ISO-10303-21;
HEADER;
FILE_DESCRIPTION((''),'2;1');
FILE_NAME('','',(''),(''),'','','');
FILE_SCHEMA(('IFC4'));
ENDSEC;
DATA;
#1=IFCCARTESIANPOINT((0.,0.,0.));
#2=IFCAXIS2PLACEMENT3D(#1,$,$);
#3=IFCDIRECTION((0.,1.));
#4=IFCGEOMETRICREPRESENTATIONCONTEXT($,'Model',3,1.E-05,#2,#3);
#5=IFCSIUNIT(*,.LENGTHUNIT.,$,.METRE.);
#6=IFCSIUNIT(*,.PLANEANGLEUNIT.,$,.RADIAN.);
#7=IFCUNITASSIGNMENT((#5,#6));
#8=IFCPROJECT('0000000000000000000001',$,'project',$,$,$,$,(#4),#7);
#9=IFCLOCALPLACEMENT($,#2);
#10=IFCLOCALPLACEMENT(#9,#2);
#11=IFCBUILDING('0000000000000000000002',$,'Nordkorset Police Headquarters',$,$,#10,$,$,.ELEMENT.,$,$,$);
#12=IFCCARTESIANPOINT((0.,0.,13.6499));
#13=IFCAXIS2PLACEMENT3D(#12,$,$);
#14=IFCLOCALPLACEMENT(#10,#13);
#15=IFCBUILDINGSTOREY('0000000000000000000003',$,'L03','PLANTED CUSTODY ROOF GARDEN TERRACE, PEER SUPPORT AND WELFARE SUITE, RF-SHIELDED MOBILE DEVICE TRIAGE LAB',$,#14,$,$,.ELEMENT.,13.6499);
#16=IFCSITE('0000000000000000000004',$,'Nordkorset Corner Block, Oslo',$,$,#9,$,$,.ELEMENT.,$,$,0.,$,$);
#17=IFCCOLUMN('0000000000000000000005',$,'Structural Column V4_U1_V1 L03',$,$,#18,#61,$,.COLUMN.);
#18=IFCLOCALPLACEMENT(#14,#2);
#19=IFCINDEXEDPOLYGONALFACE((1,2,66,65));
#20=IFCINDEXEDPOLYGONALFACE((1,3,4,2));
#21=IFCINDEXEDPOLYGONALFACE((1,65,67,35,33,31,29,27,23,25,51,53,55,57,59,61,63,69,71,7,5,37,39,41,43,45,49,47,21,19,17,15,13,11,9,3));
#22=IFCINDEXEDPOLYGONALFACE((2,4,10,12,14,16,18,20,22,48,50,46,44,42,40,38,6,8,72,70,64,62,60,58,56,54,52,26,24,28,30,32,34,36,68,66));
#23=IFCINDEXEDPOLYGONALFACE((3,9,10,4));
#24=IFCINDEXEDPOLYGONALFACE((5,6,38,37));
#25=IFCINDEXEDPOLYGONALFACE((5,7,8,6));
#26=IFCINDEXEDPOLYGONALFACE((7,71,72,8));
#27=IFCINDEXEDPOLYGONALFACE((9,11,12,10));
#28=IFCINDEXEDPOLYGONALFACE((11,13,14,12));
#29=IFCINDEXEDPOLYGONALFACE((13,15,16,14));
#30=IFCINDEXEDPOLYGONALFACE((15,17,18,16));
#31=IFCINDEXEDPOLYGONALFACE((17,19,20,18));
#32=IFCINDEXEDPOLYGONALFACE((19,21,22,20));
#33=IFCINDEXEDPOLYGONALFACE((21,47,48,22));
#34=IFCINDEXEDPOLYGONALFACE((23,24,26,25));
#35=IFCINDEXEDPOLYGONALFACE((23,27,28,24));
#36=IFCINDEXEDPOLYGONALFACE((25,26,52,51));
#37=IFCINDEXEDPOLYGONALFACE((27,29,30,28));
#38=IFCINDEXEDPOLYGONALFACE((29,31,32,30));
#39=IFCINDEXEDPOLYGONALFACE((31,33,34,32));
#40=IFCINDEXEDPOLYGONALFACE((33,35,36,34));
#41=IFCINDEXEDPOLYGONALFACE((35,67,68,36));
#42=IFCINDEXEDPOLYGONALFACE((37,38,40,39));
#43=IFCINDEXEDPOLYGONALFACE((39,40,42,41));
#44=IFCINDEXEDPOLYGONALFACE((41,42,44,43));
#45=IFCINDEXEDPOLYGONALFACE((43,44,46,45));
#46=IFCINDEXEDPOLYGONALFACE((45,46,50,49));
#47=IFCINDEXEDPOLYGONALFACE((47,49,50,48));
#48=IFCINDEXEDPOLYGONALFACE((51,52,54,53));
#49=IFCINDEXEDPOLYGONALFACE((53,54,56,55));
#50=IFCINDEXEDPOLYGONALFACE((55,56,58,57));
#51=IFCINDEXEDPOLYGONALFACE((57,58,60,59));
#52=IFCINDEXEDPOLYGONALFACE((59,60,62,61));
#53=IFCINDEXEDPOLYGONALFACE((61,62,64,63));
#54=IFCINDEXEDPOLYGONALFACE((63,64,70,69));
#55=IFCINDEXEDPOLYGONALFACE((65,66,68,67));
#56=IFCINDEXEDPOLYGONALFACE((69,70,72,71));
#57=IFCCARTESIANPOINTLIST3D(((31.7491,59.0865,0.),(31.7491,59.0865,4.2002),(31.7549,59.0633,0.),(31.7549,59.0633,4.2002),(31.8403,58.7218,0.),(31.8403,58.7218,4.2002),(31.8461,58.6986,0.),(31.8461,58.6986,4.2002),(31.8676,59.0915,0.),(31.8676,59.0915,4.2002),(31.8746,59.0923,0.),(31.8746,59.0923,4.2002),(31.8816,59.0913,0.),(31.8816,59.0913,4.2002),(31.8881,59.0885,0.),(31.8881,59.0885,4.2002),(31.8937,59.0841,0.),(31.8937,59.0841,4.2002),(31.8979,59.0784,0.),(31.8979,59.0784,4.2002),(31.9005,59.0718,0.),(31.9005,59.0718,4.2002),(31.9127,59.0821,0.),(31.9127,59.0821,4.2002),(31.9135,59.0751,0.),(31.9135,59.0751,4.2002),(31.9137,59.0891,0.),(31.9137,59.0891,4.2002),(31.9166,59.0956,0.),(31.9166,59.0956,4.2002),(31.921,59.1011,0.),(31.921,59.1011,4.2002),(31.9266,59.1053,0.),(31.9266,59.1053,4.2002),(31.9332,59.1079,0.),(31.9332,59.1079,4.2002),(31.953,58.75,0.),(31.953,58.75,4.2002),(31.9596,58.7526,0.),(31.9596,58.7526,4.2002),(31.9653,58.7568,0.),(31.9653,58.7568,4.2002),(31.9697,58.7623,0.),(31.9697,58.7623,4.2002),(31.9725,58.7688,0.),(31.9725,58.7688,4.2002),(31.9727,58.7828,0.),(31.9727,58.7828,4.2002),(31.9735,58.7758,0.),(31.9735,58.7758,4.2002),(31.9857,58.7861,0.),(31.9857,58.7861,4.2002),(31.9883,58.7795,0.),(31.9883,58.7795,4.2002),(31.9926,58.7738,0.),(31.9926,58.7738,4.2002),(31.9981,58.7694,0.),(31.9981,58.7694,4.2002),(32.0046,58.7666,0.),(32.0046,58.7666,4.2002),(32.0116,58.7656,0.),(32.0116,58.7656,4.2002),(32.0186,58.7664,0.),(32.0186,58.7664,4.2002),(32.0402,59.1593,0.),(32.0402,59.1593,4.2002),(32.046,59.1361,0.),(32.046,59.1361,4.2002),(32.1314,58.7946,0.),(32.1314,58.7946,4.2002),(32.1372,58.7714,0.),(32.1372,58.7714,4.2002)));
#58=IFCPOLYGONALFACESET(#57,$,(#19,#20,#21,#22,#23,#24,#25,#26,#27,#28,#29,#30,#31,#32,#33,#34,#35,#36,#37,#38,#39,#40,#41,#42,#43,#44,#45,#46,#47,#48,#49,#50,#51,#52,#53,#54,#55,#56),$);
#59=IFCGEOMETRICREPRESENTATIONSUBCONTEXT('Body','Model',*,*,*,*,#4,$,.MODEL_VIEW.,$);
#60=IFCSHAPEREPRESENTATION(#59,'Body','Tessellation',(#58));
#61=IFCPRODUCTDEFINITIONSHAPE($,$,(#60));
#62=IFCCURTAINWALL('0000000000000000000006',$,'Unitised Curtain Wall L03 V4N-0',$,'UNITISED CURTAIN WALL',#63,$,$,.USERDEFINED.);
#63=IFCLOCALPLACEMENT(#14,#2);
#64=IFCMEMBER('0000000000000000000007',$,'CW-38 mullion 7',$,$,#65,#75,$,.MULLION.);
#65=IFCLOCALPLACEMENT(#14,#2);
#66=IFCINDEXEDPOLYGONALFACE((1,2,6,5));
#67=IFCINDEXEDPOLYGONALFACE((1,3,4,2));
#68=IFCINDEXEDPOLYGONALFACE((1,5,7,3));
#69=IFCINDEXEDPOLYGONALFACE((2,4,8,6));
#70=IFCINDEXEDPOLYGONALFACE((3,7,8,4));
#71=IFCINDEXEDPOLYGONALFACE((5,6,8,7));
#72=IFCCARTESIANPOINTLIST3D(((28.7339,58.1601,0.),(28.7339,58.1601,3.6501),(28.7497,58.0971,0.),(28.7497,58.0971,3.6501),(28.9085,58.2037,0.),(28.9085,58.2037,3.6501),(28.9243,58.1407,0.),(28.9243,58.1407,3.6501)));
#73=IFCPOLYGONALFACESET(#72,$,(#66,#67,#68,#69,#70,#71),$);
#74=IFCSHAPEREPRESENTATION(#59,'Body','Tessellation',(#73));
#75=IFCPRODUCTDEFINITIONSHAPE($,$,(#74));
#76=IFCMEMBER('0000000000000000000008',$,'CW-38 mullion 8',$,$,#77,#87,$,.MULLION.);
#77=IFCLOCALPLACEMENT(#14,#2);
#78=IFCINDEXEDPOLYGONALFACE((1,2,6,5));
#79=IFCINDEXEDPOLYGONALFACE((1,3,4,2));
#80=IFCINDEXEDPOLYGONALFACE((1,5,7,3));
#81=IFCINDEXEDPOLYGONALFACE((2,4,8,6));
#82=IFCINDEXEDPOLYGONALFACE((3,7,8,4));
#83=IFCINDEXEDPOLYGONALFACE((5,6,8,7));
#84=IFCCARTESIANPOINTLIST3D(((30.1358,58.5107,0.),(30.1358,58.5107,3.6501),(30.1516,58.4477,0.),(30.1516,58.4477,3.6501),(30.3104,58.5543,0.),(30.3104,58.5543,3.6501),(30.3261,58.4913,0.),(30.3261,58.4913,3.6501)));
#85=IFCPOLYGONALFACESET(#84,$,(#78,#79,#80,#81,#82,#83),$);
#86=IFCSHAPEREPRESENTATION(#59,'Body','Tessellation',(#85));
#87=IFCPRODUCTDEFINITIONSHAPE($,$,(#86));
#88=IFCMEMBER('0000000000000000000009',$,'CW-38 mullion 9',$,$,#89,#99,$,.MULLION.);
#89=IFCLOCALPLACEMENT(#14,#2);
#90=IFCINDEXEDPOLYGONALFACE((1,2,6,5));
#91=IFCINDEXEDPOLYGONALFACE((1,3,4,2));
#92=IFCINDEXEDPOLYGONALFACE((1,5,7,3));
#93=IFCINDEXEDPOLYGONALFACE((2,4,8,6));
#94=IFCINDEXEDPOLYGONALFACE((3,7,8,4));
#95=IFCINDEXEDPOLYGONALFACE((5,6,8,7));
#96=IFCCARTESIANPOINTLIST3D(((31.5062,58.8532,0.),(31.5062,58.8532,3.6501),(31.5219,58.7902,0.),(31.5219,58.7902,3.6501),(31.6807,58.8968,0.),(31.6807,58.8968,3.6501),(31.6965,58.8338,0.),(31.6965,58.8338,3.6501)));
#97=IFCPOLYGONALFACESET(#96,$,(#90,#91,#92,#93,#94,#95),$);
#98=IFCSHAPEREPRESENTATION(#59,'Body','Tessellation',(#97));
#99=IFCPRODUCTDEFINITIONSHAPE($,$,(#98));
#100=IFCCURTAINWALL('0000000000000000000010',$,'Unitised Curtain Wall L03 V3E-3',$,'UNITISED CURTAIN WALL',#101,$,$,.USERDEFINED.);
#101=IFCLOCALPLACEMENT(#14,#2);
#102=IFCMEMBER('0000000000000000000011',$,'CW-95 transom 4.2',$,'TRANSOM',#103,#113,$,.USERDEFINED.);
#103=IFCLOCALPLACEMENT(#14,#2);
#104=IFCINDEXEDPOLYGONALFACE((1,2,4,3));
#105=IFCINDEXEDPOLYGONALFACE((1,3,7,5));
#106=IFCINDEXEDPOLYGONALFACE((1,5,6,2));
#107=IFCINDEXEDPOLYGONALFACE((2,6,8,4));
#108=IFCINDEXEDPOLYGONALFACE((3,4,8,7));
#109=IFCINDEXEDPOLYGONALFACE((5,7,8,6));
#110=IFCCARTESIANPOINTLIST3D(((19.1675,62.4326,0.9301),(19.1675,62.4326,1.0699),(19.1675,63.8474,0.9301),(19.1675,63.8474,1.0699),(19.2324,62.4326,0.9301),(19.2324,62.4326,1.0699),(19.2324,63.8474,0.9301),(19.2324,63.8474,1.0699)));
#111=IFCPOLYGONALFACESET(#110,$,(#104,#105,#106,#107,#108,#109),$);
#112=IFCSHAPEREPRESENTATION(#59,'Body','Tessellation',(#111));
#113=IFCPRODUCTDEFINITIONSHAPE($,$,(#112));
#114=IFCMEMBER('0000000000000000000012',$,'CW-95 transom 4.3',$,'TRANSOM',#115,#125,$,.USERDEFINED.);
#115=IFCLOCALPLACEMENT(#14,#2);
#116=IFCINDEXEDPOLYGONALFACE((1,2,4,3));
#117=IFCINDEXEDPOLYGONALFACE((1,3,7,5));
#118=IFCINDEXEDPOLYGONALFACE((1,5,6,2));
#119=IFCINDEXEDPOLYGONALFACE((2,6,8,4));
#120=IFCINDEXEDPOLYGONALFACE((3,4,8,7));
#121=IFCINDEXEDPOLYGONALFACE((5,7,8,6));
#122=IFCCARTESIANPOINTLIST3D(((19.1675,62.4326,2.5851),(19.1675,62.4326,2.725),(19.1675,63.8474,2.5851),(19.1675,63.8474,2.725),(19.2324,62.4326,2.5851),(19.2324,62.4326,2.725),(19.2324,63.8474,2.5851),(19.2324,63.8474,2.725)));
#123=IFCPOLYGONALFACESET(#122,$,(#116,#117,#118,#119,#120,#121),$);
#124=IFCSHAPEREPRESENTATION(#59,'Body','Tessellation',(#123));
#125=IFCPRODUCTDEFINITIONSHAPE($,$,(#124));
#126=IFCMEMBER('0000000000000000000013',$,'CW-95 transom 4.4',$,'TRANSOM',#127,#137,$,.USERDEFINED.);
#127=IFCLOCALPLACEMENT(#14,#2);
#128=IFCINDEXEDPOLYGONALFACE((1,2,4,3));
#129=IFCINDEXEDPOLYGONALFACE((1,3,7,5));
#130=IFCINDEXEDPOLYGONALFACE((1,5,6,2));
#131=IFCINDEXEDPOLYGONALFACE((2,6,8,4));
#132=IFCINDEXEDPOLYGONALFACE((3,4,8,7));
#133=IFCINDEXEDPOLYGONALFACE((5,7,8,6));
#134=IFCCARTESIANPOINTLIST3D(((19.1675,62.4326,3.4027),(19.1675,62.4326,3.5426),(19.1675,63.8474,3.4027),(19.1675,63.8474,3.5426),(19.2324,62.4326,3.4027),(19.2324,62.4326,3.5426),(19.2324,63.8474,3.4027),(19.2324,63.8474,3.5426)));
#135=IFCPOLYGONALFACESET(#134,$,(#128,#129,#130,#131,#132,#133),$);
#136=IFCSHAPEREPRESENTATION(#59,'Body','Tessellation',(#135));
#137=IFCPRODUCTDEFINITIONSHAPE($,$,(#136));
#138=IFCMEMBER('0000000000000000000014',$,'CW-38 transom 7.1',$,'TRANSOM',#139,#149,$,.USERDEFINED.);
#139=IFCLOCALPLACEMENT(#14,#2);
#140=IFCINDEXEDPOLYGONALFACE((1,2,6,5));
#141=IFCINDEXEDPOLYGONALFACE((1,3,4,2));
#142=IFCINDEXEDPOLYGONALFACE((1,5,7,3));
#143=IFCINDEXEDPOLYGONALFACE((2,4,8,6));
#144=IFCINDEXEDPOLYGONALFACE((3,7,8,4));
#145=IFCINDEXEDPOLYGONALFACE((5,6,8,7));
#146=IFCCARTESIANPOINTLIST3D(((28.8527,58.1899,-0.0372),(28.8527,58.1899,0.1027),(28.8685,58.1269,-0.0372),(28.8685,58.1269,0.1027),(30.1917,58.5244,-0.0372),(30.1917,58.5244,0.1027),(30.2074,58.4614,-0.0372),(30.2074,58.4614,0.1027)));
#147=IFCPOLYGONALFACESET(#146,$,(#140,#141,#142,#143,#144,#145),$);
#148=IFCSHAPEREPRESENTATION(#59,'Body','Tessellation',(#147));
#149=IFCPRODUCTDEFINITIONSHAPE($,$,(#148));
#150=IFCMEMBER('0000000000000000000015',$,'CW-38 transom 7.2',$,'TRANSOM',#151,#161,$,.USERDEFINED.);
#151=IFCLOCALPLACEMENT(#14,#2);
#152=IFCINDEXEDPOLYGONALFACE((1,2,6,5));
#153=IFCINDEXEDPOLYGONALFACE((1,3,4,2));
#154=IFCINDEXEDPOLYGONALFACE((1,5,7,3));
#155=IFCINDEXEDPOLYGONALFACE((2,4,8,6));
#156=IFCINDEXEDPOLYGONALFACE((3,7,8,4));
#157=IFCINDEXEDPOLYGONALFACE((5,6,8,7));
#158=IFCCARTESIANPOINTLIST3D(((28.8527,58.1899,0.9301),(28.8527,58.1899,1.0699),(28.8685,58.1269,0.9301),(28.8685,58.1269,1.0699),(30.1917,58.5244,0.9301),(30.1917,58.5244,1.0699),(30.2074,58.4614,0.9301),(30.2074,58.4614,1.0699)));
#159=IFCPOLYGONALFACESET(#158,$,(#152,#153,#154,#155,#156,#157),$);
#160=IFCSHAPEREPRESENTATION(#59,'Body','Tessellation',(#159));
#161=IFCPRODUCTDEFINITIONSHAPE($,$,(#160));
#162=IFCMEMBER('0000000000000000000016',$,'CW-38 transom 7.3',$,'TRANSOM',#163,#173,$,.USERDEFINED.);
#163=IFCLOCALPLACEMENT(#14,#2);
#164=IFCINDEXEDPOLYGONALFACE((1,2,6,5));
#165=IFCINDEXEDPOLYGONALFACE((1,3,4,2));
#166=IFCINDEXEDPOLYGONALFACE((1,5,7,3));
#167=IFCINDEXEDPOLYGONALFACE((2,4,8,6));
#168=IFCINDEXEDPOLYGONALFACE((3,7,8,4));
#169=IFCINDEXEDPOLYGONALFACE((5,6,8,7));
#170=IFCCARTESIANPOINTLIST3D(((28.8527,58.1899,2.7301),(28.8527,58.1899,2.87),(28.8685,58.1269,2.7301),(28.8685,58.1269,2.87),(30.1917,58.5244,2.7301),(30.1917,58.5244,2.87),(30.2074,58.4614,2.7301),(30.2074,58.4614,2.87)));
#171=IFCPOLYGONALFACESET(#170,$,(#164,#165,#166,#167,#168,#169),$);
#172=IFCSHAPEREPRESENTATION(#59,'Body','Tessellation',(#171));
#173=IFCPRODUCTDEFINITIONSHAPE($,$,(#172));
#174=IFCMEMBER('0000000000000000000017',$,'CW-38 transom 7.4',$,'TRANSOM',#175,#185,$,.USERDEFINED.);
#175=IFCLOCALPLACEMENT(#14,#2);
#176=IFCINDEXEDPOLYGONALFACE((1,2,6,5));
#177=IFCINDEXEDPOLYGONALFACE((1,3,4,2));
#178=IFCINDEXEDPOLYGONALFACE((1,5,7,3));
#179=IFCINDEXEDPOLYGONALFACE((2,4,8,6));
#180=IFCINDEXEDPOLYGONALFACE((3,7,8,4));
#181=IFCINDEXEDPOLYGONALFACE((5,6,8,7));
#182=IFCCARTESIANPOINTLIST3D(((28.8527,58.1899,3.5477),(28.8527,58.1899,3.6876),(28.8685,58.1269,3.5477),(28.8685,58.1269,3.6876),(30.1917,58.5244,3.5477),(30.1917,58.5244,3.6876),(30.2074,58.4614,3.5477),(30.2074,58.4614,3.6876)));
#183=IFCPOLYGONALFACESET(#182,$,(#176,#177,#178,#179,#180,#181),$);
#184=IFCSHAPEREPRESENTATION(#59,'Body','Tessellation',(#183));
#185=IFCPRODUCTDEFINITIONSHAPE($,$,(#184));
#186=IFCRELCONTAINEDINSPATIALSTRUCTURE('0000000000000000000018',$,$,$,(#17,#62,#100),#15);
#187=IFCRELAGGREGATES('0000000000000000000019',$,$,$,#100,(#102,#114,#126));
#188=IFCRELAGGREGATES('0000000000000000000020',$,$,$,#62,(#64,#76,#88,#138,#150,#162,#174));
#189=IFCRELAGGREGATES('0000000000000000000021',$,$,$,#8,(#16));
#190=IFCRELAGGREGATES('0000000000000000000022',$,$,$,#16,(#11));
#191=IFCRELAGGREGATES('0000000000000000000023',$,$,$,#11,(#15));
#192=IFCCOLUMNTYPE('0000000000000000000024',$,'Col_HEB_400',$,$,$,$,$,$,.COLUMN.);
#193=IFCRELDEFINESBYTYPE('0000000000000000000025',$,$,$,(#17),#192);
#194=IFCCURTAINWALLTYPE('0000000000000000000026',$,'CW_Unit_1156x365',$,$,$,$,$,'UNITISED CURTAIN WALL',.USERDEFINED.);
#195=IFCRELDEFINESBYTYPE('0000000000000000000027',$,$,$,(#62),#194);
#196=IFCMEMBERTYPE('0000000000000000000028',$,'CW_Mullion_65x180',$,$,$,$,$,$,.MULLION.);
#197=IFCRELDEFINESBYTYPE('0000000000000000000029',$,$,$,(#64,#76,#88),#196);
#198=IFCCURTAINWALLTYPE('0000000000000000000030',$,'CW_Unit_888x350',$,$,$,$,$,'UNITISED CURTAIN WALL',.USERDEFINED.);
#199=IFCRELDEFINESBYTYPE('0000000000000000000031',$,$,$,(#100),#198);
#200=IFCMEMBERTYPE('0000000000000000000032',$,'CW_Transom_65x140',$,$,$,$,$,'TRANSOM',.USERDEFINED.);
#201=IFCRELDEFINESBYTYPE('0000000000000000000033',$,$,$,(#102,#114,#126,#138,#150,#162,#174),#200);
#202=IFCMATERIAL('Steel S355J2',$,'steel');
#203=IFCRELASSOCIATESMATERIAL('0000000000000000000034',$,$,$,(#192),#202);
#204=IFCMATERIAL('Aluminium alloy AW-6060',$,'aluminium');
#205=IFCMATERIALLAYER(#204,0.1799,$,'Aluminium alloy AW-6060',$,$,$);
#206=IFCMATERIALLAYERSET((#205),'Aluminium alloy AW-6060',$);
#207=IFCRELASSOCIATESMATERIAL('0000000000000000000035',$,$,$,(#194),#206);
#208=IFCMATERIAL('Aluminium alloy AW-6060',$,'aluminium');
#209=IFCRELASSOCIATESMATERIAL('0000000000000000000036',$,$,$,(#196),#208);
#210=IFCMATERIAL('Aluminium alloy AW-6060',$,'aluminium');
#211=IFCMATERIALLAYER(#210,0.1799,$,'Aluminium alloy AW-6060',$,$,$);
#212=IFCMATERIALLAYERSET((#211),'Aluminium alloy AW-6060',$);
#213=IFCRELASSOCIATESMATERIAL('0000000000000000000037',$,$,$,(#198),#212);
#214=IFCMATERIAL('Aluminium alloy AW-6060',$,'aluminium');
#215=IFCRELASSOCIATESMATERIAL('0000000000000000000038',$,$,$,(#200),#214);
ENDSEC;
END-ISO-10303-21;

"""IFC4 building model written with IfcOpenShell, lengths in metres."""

from ifc_helpers import new_model, si_unit, direction, frame, origin, origin_2d, place, context, subcontext, project, spatial, rectangle, i_section, extrude, material, layer, layer_set, material_profile, profile_set, type_object, element, aggregate, save


model = new_model("IFC4")

# Units and contexts
model_context = context("Model", 3, precision=1e-05, world=origin(), true_north=direction((0.0, 1.0)))
body_context = subcontext(model_context, "Body", "Model", "MODEL_VIEW")
ifc_project = project(units=[si_unit("LENGTHUNIT", "METRE"), si_unit("PLANEANGLEUNIT", "RADIAN")], contexts=[model_context])

# Site, building, storey
site_placement = place(None, origin())
site = spatial("IfcSite", under=ifc_project, at=site_placement, Name="Nordkorset Corner Block, Oslo", CompositionType="ELEMENT", RefElevation=0.0)
building_placement = place(site_placement, origin())
building = spatial("IfcBuilding", under=site, at=building_placement, Name="Nordkorset Police Headquarters", CompositionType="ELEMENT")
storey_placement = place(building_placement, frame((0.0, 0.0, 13.6499)))
storey = spatial("IfcBuildingStorey", under=building, at=storey_placement, Name="L03", Description="PLANTED CUSTODY ROOF GARDEN TERRACE, PEER SUPPORT AND WELFARE SUITE, RF-SHIELDED MOBILE DEVICE TRIAGE LAB", CompositionType="ELEMENT", Elevation=13.6499)

# Column
ifc_material_1 = material(Name="Steel S355J2", Category="steel")
ifc_material_profile_1 = material_profile(ifc_material_1, i_section(OverallWidth=0.3, OverallDepth=0.3999, WebThickness=0.0134, FlangeThickness=0.0239, FilletRadius=0.0271, at=origin_2d()), Name="HEB 400")
ifc_profile_set_1 = profile_set([ifc_material_profile_1], Name="Steel S355J2")
column_type = type_object("IfcColumnType", Name="Col_HEB_400", PredefinedType="COLUMN", material=ifc_profile_set_1)
column_placement = place(storey_placement, frame((31.9431, 58.929, 0.0), z_axis=(0.0, 0.0, 1.0), x_axis=(0.970143, 0.242536, 0.0)))
element("IfcColumn", 1, at=column_placement, inside=storey, type_object=column_type, Name="Structural Column V4_U1_V1 L03", PredefinedType="COLUMN", context=body_context, shape_type="SweptSolid", body=[
    extrude(i_section(OverallWidth=0.3, OverallDepth=0.3999, WebThickness=0.0134, FlangeThickness=0.0239, FilletRadius=0.0271, at=origin_2d()), origin(), (0.0, 0.0, 1.0), 4.2002),
])

# Curtain walls, members
ifc_material_2 = material(Name="Aluminium alloy AW-6060", Category="aluminium")
ifc_layer_1 = layer(ifc_material_2, 0.1799, Name="Aluminium alloy AW-6060")
ifc_layer_set_1 = layer_set([ifc_layer_1], Name="Aluminium alloy AW-6060")
curtain_wall_type_1 = type_object("IfcCurtainWallType", Name="CW_Unit_1156x365", ElementType="UNITISED CURTAIN WALL", PredefinedType="USERDEFINED", material=ifc_layer_set_1)
curtain_wall_1_placement = place(storey_placement, origin())
curtain_wall_1 = element("IfcCurtainWall", 2, at=curtain_wall_1_placement, inside=storey, type_object=curtain_wall_type_1, Name="Unitised Curtain Wall L03 V4N-0", ObjectType="UNITISED CURTAIN WALL", PredefinedType="USERDEFINED")
ifc_material_3 = material(Name="Aluminium alloy AW-6060", Category="aluminium")
ifc_material_profile_2 = material_profile(ifc_material_3, rectangle(XDim=0.0649, YDim=0.1799, at=origin_2d()), Name="ALU MULL 65x180")
ifc_profile_set_2 = profile_set([ifc_material_profile_2], Name="Aluminium alloy AW-6060")
member_type_1 = type_object("IfcMemberType", Name="CW_Mullion_65x180", PredefinedType="MULLION", material=ifc_profile_set_2)
member_1_placement = place(storey_placement, frame((28.8291, 58.1504, 0.0), z_axis=(0.0, 0.0, 1.0), x_axis=(-0.242536, 0.970142, 0.0)))
member_1 = element("IfcMember", 3, at=member_1_placement, type_object=member_type_1, Name="CW-38 mullion 7", PredefinedType="MULLION", context=body_context, shape_type="SweptSolid", body=[
    extrude(rectangle(XDim=0.0649, YDim=0.1799, at=origin_2d()), origin(), (0.0, 0.0, 1.0), 3.6501),
])
member_2_placement = place(storey_placement, frame((30.231, 58.501, 0.0), z_axis=(0.0, 0.0, 1.0), x_axis=(-0.242536, 0.970142, 0.0)))
member_2 = element("IfcMember", 4, at=member_2_placement, type_object=member_type_1, Name="CW-38 mullion 8", PredefinedType="MULLION", context=body_context, shape_type="SweptSolid", body=[
    extrude(rectangle(XDim=0.0649, YDim=0.1799, at=origin_2d()), origin(), (0.0, 0.0, 1.0), 3.6501),
])
member_3_placement = place(storey_placement, frame((31.6013, 58.8435, 0.0), z_axis=(0.0, 0.0, 1.0), x_axis=(-0.242536, 0.970142, 0.0)))
member_3 = element("IfcMember", 5, at=member_3_placement, type_object=member_type_1, Name="CW-38 mullion 9", PredefinedType="MULLION", context=body_context, shape_type="SweptSolid", body=[
    extrude(rectangle(XDim=0.0649, YDim=0.1799, at=origin_2d()), origin(), (0.0, 0.0, 1.0), 3.6501),
])
ifc_material_4 = material(Name="Aluminium alloy AW-6060", Category="aluminium")
ifc_layer_2 = layer(ifc_material_4, 0.1799, Name="Aluminium alloy AW-6060")
ifc_layer_set_2 = layer_set([ifc_layer_2], Name="Aluminium alloy AW-6060")
curtain_wall_type_2 = type_object("IfcCurtainWallType", Name="CW_Unit_888x350", ElementType="UNITISED CURTAIN WALL", PredefinedType="USERDEFINED", material=ifc_layer_set_2)
curtain_wall_2_placement = place(storey_placement, origin())
curtain_wall_2 = element("IfcCurtainWall", 6, at=curtain_wall_2_placement, inside=storey, type_object=curtain_wall_type_2, Name="Unitised Curtain Wall L03 V3E-3", ObjectType="UNITISED CURTAIN WALL", PredefinedType="USERDEFINED")
ifc_material_5 = material(Name="Aluminium alloy AW-6060", Category="aluminium")
ifc_material_profile_3 = material_profile(ifc_material_5, rectangle(XDim=0.0649, YDim=0.1399, at=origin_2d()), Name="ALU TRAN 65x140")
ifc_profile_set_3 = profile_set([ifc_material_profile_3], Name="Aluminium alloy AW-6060")
member_type_2 = type_object("IfcMemberType", Name="CW_Transom_65x140", ElementType="TRANSOM", PredefinedType="USERDEFINED", material=ifc_profile_set_3)
member_4_placement = place(storey_placement, frame((19.2, 62.4326, 1.0), z_axis=(0.0, 1.0, 0.0), x_axis=(-1.0, 0.0, 0.0)))
member_4 = element("IfcMember", 7, at=member_4_placement, type_object=member_type_2, Name="CW-95 transom 4.2", ObjectType="TRANSOM", PredefinedType="USERDEFINED", context=body_context, shape_type="SweptSolid", body=[
    extrude(rectangle(XDim=0.0649, YDim=0.1399, at=origin_2d()), origin(), (0.0, 0.0, 1.0), 1.4148),
])
member_5_placement = place(storey_placement, frame((19.2, 62.4326, 2.655), z_axis=(0.0, 1.0, 0.0), x_axis=(-1.0, 0.0, 0.0)))
member_5 = element("IfcMember", 8, at=member_5_placement, type_object=member_type_2, Name="CW-95 transom 4.3", ObjectType="TRANSOM", PredefinedType="USERDEFINED", context=body_context, shape_type="SweptSolid", body=[
    extrude(rectangle(XDim=0.0649, YDim=0.1399, at=origin_2d()), origin(), (0.0, 0.0, 1.0), 1.4148),
])
member_6_placement = place(storey_placement, frame((19.2, 62.4326, 3.4727), z_axis=(0.0, 1.0, 0.0), x_axis=(-1.0, 0.0, 0.0)))
member_6 = element("IfcMember", 9, at=member_6_placement, type_object=member_type_2, Name="CW-95 transom 4.4", ObjectType="TRANSOM", PredefinedType="USERDEFINED", context=body_context, shape_type="SweptSolid", body=[
    extrude(rectangle(XDim=0.0649, YDim=0.1399, at=origin_2d()), origin(), (0.0, 0.0, 1.0), 1.4148),
])
aggregate(curtain_wall_2, [member_4, member_5, member_6])

# Members
member_7_placement = place(storey_placement, frame((28.8606, 58.1584, 0.0327), z_axis=(0.970184, 0.242369, 0.0), x_axis=(-0.242369, 0.970184, 0.0)))
member_7 = element("IfcMember", 10, at=member_7_placement, type_object=member_type_2, Name="CW-38 transom 7.1", ObjectType="TRANSOM", PredefinedType="USERDEFINED", context=body_context, shape_type="SweptSolid", body=[
    extrude(rectangle(XDim=0.0649, YDim=0.1399, at=origin_2d()), origin(), (0.0, 0.0, 1.0), 1.3801),
])
member_8_placement = place(storey_placement, frame((28.8606, 58.1584, 1.0), z_axis=(0.970184, 0.242369, 0.0), x_axis=(-0.242369, 0.970184, 0.0)))
member_8 = element("IfcMember", 11, at=member_8_placement, type_object=member_type_2, Name="CW-38 transom 7.2", ObjectType="TRANSOM", PredefinedType="USERDEFINED", context=body_context, shape_type="SweptSolid", body=[
    extrude(rectangle(XDim=0.0649, YDim=0.1399, at=origin_2d()), origin(), (0.0, 0.0, 1.0), 1.3801),
])
member_9_placement = place(storey_placement, frame((28.8606, 58.1584, 2.8), z_axis=(0.970184, 0.242369, 0.0), x_axis=(-0.242369, 0.970184, 0.0)))
member_9 = element("IfcMember", 12, at=member_9_placement, type_object=member_type_2, Name="CW-38 transom 7.3", ObjectType="TRANSOM", PredefinedType="USERDEFINED", context=body_context, shape_type="SweptSolid", body=[
    extrude(rectangle(XDim=0.0649, YDim=0.1399, at=origin_2d()), origin(), (0.0, 0.0, 1.0), 1.3801),
])
member_10_placement = place(storey_placement, frame((28.8606, 58.1584, 3.6177), z_axis=(0.970184, 0.242369, 0.0), x_axis=(-0.242369, 0.970184, 0.0)))
member_10 = element("IfcMember", 13, at=member_10_placement, type_object=member_type_2, Name="CW-38 transom 7.4", ObjectType="TRANSOM", PredefinedType="USERDEFINED", context=body_context, shape_type="SweptSolid", body=[
    extrude(rectangle(XDim=0.0649, YDim=0.1399, at=origin_2d()), origin(), (0.0, 0.0, 1.0), 1.3801),
])

aggregate(curtain_wall_1, [member_1, member_2, member_3, member_7, member_8, member_9, member_10])

save(model, "model.ifc")
